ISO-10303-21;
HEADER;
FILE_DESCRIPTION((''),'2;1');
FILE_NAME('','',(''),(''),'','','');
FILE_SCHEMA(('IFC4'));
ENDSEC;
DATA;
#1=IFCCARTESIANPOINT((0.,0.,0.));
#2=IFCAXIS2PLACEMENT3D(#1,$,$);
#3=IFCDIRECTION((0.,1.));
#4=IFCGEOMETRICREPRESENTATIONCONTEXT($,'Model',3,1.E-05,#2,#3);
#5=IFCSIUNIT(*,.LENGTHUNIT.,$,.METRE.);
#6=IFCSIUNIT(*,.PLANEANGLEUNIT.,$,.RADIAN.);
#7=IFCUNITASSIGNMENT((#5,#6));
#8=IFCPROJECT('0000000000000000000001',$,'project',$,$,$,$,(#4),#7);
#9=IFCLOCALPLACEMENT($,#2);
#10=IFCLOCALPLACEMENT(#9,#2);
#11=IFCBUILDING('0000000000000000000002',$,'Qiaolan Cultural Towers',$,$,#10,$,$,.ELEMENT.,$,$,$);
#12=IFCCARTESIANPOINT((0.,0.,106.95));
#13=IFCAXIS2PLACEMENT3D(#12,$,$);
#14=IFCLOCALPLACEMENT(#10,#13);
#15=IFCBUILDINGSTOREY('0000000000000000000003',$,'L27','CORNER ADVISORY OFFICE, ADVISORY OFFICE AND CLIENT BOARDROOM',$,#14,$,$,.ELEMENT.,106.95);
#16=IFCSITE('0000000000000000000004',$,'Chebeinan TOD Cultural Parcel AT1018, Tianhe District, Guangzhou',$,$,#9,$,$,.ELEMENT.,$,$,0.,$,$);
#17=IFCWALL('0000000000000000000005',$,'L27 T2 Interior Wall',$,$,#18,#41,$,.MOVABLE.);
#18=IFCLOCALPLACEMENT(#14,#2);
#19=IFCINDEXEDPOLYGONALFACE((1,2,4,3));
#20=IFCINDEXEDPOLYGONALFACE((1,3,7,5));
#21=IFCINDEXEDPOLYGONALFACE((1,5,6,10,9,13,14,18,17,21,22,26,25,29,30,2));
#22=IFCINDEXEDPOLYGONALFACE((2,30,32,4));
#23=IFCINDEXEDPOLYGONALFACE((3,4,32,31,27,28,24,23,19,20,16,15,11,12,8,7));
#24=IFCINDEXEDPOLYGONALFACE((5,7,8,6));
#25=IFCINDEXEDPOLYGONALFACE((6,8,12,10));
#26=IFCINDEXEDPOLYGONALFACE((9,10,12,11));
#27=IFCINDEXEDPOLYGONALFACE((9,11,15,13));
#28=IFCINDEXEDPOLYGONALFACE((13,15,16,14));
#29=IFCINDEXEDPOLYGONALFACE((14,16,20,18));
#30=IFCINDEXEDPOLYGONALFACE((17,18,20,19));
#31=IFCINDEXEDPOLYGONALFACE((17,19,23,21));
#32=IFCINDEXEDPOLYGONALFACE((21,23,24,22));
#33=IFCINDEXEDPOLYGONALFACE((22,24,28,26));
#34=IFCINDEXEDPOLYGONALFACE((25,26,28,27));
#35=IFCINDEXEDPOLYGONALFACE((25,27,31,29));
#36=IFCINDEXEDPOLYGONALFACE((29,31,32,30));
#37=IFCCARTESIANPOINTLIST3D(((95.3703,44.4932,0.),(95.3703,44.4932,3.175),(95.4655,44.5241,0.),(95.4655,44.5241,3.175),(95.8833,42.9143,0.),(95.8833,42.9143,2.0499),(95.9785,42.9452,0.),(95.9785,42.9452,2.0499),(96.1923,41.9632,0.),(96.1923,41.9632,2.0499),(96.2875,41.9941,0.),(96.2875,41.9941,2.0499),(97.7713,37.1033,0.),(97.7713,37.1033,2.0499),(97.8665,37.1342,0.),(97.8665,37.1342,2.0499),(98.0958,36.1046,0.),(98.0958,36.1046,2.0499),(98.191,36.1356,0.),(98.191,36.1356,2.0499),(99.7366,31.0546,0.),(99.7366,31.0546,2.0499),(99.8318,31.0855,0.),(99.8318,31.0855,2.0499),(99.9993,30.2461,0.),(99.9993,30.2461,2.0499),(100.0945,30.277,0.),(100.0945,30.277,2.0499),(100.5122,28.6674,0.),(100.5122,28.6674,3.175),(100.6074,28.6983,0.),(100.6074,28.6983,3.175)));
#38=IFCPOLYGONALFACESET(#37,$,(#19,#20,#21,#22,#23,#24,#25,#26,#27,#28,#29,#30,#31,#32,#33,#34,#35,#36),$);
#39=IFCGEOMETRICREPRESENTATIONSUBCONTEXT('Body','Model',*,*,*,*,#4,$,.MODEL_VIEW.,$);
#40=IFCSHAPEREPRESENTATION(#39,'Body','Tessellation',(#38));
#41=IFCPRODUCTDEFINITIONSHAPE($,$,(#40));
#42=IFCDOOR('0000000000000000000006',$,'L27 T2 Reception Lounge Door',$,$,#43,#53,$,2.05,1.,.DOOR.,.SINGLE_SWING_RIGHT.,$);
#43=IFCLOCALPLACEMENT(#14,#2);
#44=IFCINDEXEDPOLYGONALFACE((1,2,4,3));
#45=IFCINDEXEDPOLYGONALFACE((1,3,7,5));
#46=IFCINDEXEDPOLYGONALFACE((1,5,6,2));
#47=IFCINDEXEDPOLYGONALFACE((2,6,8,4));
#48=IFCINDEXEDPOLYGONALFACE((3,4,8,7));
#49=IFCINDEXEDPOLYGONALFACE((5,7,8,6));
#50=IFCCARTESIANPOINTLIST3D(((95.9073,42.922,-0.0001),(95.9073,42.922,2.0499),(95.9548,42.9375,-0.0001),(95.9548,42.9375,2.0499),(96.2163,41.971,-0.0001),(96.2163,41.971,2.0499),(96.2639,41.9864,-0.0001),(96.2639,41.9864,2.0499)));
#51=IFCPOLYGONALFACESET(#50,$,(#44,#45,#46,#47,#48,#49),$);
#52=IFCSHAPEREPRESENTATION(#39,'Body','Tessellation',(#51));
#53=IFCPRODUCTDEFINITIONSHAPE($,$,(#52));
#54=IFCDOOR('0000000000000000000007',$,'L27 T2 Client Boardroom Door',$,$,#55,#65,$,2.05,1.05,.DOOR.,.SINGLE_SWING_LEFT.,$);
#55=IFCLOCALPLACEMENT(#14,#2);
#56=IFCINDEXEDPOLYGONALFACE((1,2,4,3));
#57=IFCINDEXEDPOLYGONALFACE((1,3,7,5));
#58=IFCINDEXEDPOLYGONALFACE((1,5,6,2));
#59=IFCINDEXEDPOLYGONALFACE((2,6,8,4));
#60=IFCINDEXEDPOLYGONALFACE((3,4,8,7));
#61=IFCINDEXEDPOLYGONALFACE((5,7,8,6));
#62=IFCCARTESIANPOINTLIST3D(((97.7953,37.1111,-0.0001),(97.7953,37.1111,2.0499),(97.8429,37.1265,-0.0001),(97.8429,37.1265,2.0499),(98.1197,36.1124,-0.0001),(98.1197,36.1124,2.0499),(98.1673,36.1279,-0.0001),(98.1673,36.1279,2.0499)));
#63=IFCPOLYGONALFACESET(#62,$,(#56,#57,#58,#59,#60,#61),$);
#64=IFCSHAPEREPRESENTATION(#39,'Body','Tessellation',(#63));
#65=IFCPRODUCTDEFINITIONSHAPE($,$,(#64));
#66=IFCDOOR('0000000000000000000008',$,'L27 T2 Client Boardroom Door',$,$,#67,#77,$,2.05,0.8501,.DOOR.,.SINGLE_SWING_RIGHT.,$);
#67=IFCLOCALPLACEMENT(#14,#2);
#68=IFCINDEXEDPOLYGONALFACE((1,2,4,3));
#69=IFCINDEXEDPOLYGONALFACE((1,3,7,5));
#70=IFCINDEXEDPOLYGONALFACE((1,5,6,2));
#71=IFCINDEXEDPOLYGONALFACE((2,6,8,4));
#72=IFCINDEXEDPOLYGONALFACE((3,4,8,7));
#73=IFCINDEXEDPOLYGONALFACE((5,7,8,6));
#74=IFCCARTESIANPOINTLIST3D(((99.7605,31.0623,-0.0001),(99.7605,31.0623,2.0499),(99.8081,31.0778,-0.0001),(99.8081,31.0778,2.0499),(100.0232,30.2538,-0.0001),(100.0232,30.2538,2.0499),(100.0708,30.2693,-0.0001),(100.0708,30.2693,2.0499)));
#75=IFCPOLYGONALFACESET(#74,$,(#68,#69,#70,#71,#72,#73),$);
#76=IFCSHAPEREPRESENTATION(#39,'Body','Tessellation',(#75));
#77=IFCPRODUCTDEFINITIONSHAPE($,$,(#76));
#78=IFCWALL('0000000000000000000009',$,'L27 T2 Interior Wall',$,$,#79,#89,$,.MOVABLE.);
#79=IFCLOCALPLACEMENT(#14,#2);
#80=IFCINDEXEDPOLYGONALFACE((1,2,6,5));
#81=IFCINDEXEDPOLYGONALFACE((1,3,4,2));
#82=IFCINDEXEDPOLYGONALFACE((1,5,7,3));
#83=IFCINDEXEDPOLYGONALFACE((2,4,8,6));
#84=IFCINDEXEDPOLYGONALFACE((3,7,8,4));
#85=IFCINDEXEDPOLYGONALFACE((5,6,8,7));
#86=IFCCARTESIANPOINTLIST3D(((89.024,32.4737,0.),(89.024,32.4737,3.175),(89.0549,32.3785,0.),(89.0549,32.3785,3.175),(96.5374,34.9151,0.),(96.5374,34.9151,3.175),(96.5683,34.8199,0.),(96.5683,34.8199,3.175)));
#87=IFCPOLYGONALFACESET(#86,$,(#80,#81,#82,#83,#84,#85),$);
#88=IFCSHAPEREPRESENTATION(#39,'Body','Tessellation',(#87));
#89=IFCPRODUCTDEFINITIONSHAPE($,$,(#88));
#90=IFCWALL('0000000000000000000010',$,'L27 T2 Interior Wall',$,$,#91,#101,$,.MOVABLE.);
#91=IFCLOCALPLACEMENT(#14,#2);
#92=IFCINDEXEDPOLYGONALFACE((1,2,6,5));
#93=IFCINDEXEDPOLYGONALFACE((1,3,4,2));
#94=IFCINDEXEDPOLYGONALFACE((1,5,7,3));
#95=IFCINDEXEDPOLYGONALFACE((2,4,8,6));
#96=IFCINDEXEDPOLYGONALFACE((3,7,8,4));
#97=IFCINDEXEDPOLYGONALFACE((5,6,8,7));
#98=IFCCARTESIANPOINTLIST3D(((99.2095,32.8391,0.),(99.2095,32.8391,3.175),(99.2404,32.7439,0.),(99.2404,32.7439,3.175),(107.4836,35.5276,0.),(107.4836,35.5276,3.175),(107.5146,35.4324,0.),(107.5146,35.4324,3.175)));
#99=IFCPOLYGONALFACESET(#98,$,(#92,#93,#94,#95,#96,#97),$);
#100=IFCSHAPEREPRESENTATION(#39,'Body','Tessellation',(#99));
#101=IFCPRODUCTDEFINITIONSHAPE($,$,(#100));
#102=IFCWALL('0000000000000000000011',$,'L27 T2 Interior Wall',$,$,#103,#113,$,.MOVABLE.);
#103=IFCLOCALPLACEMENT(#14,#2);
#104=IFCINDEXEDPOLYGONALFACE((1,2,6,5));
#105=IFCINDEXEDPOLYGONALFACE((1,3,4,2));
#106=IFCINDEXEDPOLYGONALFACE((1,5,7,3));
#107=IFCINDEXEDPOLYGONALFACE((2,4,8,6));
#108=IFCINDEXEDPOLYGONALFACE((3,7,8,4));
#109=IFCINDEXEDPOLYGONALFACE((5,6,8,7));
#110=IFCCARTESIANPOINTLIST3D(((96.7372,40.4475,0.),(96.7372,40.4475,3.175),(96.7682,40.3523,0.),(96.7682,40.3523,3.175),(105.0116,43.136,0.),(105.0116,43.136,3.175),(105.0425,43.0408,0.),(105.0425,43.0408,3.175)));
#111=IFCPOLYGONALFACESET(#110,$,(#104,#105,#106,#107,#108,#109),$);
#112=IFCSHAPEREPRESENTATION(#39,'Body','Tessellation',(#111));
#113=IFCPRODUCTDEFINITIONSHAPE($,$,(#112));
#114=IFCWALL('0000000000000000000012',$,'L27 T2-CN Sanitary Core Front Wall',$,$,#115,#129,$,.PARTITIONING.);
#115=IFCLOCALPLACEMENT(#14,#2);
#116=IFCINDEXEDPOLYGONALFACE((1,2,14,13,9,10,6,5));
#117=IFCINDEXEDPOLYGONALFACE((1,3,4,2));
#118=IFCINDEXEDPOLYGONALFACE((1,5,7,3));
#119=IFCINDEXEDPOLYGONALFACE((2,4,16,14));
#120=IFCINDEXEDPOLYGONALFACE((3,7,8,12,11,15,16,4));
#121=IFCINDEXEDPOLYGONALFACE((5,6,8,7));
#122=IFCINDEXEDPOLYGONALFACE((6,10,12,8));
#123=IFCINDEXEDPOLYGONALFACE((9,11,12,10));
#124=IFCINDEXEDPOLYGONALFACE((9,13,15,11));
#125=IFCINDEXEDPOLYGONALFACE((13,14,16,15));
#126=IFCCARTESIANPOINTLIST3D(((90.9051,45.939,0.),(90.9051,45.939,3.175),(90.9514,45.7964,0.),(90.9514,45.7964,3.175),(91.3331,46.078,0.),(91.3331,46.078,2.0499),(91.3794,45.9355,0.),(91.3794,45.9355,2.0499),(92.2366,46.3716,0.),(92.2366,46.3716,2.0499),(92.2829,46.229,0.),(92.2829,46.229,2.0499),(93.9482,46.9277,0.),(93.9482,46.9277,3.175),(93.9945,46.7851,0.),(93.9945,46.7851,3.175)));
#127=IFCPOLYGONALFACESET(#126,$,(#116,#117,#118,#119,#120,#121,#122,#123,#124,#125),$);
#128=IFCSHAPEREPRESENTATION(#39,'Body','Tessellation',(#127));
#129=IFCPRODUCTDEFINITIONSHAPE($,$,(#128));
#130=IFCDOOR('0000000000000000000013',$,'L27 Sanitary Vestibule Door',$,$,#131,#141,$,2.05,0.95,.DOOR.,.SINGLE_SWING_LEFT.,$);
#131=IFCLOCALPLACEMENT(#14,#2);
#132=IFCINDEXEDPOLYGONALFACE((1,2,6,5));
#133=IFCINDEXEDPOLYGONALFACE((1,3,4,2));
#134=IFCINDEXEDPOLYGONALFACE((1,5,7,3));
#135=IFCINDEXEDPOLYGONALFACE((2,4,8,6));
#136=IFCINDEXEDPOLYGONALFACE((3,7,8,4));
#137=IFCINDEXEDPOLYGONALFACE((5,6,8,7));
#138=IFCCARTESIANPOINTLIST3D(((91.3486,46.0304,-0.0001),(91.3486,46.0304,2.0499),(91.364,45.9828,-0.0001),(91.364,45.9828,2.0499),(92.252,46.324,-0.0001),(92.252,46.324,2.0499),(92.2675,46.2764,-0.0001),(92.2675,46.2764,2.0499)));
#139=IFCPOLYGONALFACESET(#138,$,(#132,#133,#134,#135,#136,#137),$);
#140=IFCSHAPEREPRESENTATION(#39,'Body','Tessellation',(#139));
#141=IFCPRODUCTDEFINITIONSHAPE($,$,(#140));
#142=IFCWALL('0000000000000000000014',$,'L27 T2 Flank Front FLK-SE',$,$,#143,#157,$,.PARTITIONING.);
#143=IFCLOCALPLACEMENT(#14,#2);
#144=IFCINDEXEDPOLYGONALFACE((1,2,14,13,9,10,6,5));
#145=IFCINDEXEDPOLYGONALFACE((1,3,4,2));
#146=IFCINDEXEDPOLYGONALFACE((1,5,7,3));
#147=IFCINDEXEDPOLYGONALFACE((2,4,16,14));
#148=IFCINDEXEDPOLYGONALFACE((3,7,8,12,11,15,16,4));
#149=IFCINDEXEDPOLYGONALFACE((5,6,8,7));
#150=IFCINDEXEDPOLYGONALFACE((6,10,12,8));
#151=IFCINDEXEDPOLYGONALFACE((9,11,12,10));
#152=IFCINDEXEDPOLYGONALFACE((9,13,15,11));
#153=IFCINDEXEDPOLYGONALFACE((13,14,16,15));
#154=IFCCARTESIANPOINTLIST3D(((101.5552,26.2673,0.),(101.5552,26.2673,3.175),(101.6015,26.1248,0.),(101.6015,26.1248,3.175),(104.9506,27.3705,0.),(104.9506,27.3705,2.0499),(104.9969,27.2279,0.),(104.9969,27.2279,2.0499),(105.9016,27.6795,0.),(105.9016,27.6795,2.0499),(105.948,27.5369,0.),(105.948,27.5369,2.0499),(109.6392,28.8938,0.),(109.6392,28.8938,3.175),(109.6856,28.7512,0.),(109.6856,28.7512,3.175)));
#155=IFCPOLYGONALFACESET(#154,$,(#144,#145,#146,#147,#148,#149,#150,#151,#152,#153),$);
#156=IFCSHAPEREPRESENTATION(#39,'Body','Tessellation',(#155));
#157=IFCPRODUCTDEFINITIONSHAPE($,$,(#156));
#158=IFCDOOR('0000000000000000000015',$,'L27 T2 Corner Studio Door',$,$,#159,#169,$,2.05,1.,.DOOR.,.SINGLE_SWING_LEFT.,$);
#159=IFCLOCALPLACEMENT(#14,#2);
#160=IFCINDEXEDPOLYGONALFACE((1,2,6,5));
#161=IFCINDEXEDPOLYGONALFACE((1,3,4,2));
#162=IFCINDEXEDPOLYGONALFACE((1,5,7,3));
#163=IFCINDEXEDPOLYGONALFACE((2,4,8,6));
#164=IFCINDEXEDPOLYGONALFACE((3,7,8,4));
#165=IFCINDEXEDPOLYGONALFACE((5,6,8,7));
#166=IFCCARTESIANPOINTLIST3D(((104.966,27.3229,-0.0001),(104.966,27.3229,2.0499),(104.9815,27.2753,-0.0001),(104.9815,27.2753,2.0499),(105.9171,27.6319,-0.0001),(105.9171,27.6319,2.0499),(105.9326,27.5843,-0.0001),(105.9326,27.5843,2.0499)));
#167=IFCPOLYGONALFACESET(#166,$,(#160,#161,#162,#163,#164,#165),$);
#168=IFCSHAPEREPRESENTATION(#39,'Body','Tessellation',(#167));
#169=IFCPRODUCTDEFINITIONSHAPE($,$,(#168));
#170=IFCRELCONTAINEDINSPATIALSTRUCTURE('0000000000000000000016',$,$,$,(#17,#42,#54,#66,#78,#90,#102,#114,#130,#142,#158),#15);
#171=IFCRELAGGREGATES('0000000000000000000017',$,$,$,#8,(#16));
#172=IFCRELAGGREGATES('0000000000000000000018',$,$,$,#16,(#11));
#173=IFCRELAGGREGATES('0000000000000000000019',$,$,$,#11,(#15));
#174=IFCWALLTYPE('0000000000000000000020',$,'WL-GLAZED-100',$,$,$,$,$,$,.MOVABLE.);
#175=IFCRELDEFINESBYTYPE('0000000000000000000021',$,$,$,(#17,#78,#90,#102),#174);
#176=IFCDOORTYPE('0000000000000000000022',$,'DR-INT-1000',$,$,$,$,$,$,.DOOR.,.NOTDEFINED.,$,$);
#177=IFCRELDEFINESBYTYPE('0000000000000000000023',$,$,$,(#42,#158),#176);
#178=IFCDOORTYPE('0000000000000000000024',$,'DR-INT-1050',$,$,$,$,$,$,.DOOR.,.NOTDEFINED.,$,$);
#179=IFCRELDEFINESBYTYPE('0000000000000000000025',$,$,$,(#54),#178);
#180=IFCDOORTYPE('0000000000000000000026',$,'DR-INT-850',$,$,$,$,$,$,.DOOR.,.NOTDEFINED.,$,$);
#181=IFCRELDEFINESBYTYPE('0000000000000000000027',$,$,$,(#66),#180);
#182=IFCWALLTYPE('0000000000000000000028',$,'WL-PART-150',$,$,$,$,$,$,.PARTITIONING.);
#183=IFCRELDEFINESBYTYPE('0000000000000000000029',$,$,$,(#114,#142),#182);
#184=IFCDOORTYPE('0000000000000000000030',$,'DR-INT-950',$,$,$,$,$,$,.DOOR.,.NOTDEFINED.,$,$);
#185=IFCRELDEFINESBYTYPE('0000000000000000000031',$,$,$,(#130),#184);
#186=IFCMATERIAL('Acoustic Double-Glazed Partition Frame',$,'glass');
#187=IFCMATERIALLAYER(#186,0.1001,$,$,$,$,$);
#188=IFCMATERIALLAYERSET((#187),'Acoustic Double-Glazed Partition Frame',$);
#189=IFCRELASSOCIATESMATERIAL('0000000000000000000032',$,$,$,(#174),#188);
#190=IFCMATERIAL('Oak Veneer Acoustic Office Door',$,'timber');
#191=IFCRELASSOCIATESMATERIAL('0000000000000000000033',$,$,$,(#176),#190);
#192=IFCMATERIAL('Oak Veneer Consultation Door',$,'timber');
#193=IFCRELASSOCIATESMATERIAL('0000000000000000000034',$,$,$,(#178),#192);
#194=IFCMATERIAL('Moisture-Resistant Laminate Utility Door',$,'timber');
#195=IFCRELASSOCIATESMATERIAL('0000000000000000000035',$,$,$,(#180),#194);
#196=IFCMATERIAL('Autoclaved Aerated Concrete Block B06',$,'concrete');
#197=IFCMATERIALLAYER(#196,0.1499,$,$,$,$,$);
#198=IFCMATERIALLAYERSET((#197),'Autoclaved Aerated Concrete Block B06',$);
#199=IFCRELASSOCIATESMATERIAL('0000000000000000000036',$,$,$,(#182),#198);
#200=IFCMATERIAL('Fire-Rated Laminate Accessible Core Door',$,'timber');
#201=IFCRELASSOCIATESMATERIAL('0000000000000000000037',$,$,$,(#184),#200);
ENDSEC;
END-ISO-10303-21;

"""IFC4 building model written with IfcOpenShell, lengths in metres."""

from ifc_helpers import new_model, si_unit, direction, frame, frame_2d, origin, place, context, subcontext, project, spatial, rectangle, extrude, material, layer, layer_set, type_object, element, fill, save


model = new_model("IFC4")

# Units and contexts
model_context = context("Model", 3, precision=1e-05, world=origin(), true_north=direction((0.0, 1.0)))
body_context = subcontext(model_context, "Body", "Model", "MODEL_VIEW")
ifc_project = project(units=[si_unit("LENGTHUNIT", "METRE"), si_unit("PLANEANGLEUNIT", "RADIAN")], contexts=[model_context])

# Site, building, storey
site_placement = place(None, origin())
site = spatial("IfcSite", under=ifc_project, at=site_placement, Name="Chebeinan TOD Cultural Parcel AT1018, Tianhe District, Guangzhou", CompositionType="ELEMENT", RefElevation=0.0)
building_placement = place(site_placement, origin())
building = spatial("IfcBuilding", under=site, at=building_placement, Name="Qiaolan Cultural Towers", CompositionType="ELEMENT")
storey_placement = place(building_placement, frame((0.0, 0.0, 106.95)))
storey = spatial("IfcBuildingStorey", under=building, at=storey_placement, Name="L27", Description="CORNER ADVISORY OFFICE, ADVISORY OFFICE AND CLIENT BOARDROOM", CompositionType="ELEMENT", Elevation=106.95)

# Shared definitions
ifc_material_1 = material(Name="Acoustic Double-Glazed Partition Frame", Category="glass")
ifc_layer_1 = layer(ifc_material_1, 0.1001)
ifc_layer_set_1 = layer_set([ifc_layer_1], Name="Acoustic Double-Glazed Partition Frame")
wall_type_1 = type_object("IfcWallType", Name="WL-GLAZED-100", PredefinedType="MOVABLE", material=ifc_layer_set_1)

# Wall, openings, doors
wall_1_placement = place(storey_placement, frame((100.5598, 28.6829, 0.0), z_axis=(0.0, 0.0, 1.0), x_axis=(-0.309004, 0.951061, 0.0)))
wall_1 = element("IfcWall", 1, at=wall_1_placement, inside=storey, type_object=wall_type_1, Name="L27 T2 Interior Wall", PredefinedType="MOVABLE", context=body_context, shape_type="SweptSolid", body=[
    extrude(rectangle(XDim=16.6401, YDim=0.1001, at=frame_2d((8.3201, 0.0))), origin(), (0.0, 0.0, 1.0), 3.175),
])
opening_1_placement = place(wall_1_placement, frame((1.6599, 0.0, 0.0)))
opening_1 = element("IfcOpeningElement", 2, at=opening_1_placement, cuts=wall_1, PredefinedType="OPENING", context=body_context, shape_type="SweptSolid", body=[
    extrude(rectangle(XDim=0.8501, YDim=2.05, at=frame_2d((0.425, 1.0249))), frame((0.0, 0.0601, 0.0), z_axis=(0.0, -1.0, 0.0), x_axis=(1.0, 0.0, 0.0)), (0.0, 0.0, 1.0), 0.1201),
])
opening_2_placement = place(wall_1_placement, frame((7.8201, 0.0, 0.0)))
opening_2 = element("IfcOpeningElement", 3, at=opening_2_placement, cuts=wall_1, PredefinedType="OPENING", context=body_context, shape_type="SweptSolid", body=[
    extrude(rectangle(XDim=1.05, YDim=2.05, at=frame_2d((0.5249, 1.0249))), frame((0.0, 0.0601, 0.0), z_axis=(0.0, -1.0, 0.0), x_axis=(1.0, 0.0, 0.0)), (0.0, 0.0, 1.0), 0.1201),
])
opening_3_placement = place(wall_1_placement, frame((13.98, 0.0, 0.0)))
opening_3 = element("IfcOpeningElement", 4, at=opening_3_placement, cuts=wall_1, PredefinedType="OPENING", context=body_context, shape_type="SweptSolid", body=[
    extrude(rectangle(XDim=1.0, YDim=2.05, at=frame_2d((0.5, 1.0249))), frame((0.0, 0.0601, 0.0), z_axis=(0.0, -1.0, 0.0), x_axis=(1.0, 0.0, 0.0)), (0.0, 0.0, 1.0), 0.1201),
])
ifc_material_2 = material(Name="Oak Veneer Acoustic Office Door", Category="timber")
door_type_1 = type_object("IfcDoorType", Name="DR-INT-1000", OperationType="NOTDEFINED", PredefinedType="DOOR", material=ifc_material_2)
door_1_placement = place(opening_3_placement, origin())
door_1 = element("IfcDoor", 5, at=door_1_placement, inside=storey, type_object=door_type_1, Name="L27 T2 Reception Lounge Door", OperationType="SINGLE_SWING_RIGHT", OverallHeight=2.05, OverallWidth=1.0, PredefinedType="DOOR", context=body_context, shape_type="SweptSolid", body=[
    extrude(rectangle(XDim=1.0, YDim=2.05, at=frame_2d((0.5, 1.0249))), frame((0.0, 0.0249, 0.0), z_axis=(0.0, -1.0, 0.0), x_axis=(1.0, 0.0, 0.0)), (0.0, 0.0, 1.0), 0.05),
])
fill(opening_3, door_1)
ifc_material_3 = material(Name="Oak Veneer Consultation Door", Category="timber")
door_type_2 = type_object("IfcDoorType", Name="DR-INT-1050", OperationType="NOTDEFINED", PredefinedType="DOOR", material=ifc_material_3)
door_2_placement = place(opening_2_placement, origin())
door_2 = element("IfcDoor", 6, at=door_2_placement, inside=storey, type_object=door_type_2, Name="L27 T2 Client Boardroom Door", OperationType="SINGLE_SWING_LEFT", OverallHeight=2.05, OverallWidth=1.05, PredefinedType="DOOR", context=body_context, shape_type="SweptSolid", body=[
    extrude(rectangle(XDim=1.05, YDim=2.05, at=frame_2d((0.5249, 1.0249))), frame((0.0, 0.0249, 0.0), z_axis=(0.0, -1.0, 0.0), x_axis=(1.0, 0.0, 0.0)), (0.0, 0.0, 1.0), 0.05),
])
fill(opening_2, door_2)
ifc_material_4 = material(Name="Moisture-Resistant Laminate Utility Door", Category="timber")
door_type_3 = type_object("IfcDoorType", Name="DR-INT-850", OperationType="NOTDEFINED", PredefinedType="DOOR", material=ifc_material_4)
door_3_placement = place(opening_1_placement, origin())
door_3 = element("IfcDoor", 7, at=door_3_placement, inside=storey, type_object=door_type_3, Name="L27 T2 Client Boardroom Door", OperationType="SINGLE_SWING_RIGHT", OverallHeight=2.05, OverallWidth=0.8501, PredefinedType="DOOR", context=body_context, shape_type="SweptSolid", body=[
    extrude(rectangle(XDim=0.8501, YDim=2.05, at=frame_2d((0.425, 1.0249))), frame((0.0, 0.0249, 0.0), z_axis=(0.0, -1.0, 0.0), x_axis=(1.0, 0.0, 0.0)), (0.0, 0.0, 1.0), 0.05),
])
fill(opening_1, door_3)

# Walls
wall_2_placement = place(storey_placement, frame((89.0393, 32.426, 0.0), z_axis=(0.0, 0.0, 1.0), x_axis=(0.951051, 0.309034, 0.0)))
element("IfcWall", 8, at=wall_2_placement, inside=storey, type_object=wall_type_1, Name="L27 T2 Interior Wall", PredefinedType="MOVABLE", context=body_context, shape_type="SweptSolid", body=[
    extrude(rectangle(XDim=7.9001, YDim=0.1001, at=frame_2d((3.9502, 0.0))), origin(), (0.0, 0.0, 1.0), 3.175),
])
wall_3_placement = place(storey_placement, frame((99.2249, 32.7915, 0.0), z_axis=(0.0, 0.0, 1.0), x_axis=(0.951055, 0.309021, 0.0)))
element("IfcWall", 9, at=wall_3_placement, inside=storey, type_object=wall_type_1, Name="L27 T2 Interior Wall", PredefinedType="MOVABLE", context=body_context, shape_type="SweptSolid", body=[
    extrude(rectangle(XDim=8.7, YDim=0.1001, at=frame_2d((4.3501, 0.0))), origin(), (0.0, 0.0, 1.0), 3.175),
])
wall_4_placement = place(storey_placement, frame((96.7527, 40.3999, 0.0), z_axis=(0.0, 0.0, 1.0), x_axis=(0.951058, 0.309012, 0.0)))
element("IfcWall", 10, at=wall_4_placement, inside=storey, type_object=wall_type_1, Name="L27 T2 Interior Wall", PredefinedType="MOVABLE", context=body_context, shape_type="SweptSolid", body=[
    extrude(rectangle(XDim=8.7002, YDim=0.1001, at=frame_2d((4.3501, 0.0))), origin(), (0.0, 0.0, 1.0), 3.175),
])

# Walls, openings, doors
ifc_material_5 = material(Name="Autoclaved Aerated Concrete Block B06", Category="concrete")
ifc_layer_2 = layer(ifc_material_5, 0.1499)
ifc_layer_set_2 = layer_set([ifc_layer_2], Name="Autoclaved Aerated Concrete Block B06")
wall_type_2 = type_object("IfcWallType", Name="WL-PART-150", PredefinedType="PARTITIONING", material=ifc_layer_set_2)
wall_5_placement = place(storey_placement, frame((90.9282, 45.8677, 0.0), z_axis=(0.0, 0.0, 1.0), x_axis=(0.951059, 0.309008, 0.0)))
wall_5 = element("IfcWall", 11, at=wall_5_placement, inside=storey, type_object=wall_type_2, Name="L27 T2-CN Sanitary Core Front Wall", PredefinedType="PARTITIONING", context=body_context, shape_type="SweptSolid", body=[
    extrude(rectangle(XDim=3.1997, YDim=0.1499, at=frame_2d((1.5999, 0.0))), origin(), (0.0, 0.0, 1.0), 3.175),
])
opening_4_placement = place(wall_5_placement, frame((0.45, 0.0, 0.0)))
opening_4 = element("IfcOpeningElement", 12, at=opening_4_placement, cuts=wall_5, PredefinedType="OPENING", context=body_context, shape_type="SweptSolid", body=[
    extrude(rectangle(XDim=0.95, YDim=2.05, at=frame_2d((0.4751, 1.0249))), frame((0.0, 0.085, 0.0), z_axis=(0.0, -1.0, 0.0), x_axis=(1.0, 0.0, 0.0)), (0.0, 0.0, 1.0), 0.1699),
])
ifc_material_6 = material(Name="Fire-Rated Laminate Accessible Core Door", Category="timber")
door_type_4 = type_object("IfcDoorType", Name="DR-INT-950", OperationType="NOTDEFINED", PredefinedType="DOOR", material=ifc_material_6)
door_4_placement = place(opening_4_placement, origin())
door_4 = element("IfcDoor", 13, at=door_4_placement, inside=storey, type_object=door_type_4, Name="L27 Sanitary Vestibule Door", OperationType="SINGLE_SWING_LEFT", OverallHeight=2.05, OverallWidth=0.95, PredefinedType="DOOR", context=body_context, shape_type="SweptSolid", body=[
    extrude(rectangle(XDim=0.95, YDim=2.05, at=frame_2d((0.4751, 1.0249))), frame((0.0, 0.0249, 0.0), z_axis=(0.0, -1.0, 0.0), x_axis=(1.0, 0.0, 0.0)), (0.0, 0.0, 1.0), 0.05),
])
fill(opening_4, door_4)
wall_6_placement = place(storey_placement, frame((101.5784, 26.196, 0.0), z_axis=(0.0, 0.0, 1.0), x_axis=(0.951063, 0.308998, 0.0)))
wall_6 = element("IfcWall", 14, at=wall_6_placement, inside=storey, type_object=wall_type_2, Name="L27 T2 Flank Front FLK-SE", PredefinedType="PARTITIONING", context=body_context, shape_type="SweptSolid", body=[
    extrude(rectangle(XDim=8.5, YDim=0.1499, at=frame_2d((4.25, 0.0))), origin(), (0.0, 0.0, 1.0), 3.175),
])
opening_5_placement = place(wall_6_placement, frame((3.5701, 0.0, 0.0)))
opening_5 = element("IfcOpeningElement", 15, at=opening_5_placement, cuts=wall_6, PredefinedType="OPENING", context=body_context, shape_type="SweptSolid", body=[
    extrude(rectangle(XDim=1.0, YDim=2.05, at=frame_2d((0.5, 1.0249))), frame((0.0, 0.085, 0.0), z_axis=(0.0, -1.0, 0.0), x_axis=(1.0, 0.0, 0.0)), (0.0, 0.0, 1.0), 0.1699),
])
door_5_placement = place(opening_5_placement, origin())
door_5 = element("IfcDoor", 16, at=door_5_placement, inside=storey, type_object=door_type_1, Name="L27 T2 Corner Studio Door", OperationType="SINGLE_SWING_LEFT", OverallHeight=2.05, OverallWidth=1.0, PredefinedType="DOOR", context=body_context, shape_type="SweptSolid", body=[
    extrude(rectangle(XDim=1.0, YDim=2.05, at=frame_2d((0.5, 1.0249))), frame((0.0, 0.0249, 0.0), z_axis=(0.0, -1.0, 0.0), x_axis=(1.0, 0.0, 0.0)), (0.0, 0.0, 1.0), 0.05),
])
fill(opening_5, door_5)

save(model, "model.ifc")
